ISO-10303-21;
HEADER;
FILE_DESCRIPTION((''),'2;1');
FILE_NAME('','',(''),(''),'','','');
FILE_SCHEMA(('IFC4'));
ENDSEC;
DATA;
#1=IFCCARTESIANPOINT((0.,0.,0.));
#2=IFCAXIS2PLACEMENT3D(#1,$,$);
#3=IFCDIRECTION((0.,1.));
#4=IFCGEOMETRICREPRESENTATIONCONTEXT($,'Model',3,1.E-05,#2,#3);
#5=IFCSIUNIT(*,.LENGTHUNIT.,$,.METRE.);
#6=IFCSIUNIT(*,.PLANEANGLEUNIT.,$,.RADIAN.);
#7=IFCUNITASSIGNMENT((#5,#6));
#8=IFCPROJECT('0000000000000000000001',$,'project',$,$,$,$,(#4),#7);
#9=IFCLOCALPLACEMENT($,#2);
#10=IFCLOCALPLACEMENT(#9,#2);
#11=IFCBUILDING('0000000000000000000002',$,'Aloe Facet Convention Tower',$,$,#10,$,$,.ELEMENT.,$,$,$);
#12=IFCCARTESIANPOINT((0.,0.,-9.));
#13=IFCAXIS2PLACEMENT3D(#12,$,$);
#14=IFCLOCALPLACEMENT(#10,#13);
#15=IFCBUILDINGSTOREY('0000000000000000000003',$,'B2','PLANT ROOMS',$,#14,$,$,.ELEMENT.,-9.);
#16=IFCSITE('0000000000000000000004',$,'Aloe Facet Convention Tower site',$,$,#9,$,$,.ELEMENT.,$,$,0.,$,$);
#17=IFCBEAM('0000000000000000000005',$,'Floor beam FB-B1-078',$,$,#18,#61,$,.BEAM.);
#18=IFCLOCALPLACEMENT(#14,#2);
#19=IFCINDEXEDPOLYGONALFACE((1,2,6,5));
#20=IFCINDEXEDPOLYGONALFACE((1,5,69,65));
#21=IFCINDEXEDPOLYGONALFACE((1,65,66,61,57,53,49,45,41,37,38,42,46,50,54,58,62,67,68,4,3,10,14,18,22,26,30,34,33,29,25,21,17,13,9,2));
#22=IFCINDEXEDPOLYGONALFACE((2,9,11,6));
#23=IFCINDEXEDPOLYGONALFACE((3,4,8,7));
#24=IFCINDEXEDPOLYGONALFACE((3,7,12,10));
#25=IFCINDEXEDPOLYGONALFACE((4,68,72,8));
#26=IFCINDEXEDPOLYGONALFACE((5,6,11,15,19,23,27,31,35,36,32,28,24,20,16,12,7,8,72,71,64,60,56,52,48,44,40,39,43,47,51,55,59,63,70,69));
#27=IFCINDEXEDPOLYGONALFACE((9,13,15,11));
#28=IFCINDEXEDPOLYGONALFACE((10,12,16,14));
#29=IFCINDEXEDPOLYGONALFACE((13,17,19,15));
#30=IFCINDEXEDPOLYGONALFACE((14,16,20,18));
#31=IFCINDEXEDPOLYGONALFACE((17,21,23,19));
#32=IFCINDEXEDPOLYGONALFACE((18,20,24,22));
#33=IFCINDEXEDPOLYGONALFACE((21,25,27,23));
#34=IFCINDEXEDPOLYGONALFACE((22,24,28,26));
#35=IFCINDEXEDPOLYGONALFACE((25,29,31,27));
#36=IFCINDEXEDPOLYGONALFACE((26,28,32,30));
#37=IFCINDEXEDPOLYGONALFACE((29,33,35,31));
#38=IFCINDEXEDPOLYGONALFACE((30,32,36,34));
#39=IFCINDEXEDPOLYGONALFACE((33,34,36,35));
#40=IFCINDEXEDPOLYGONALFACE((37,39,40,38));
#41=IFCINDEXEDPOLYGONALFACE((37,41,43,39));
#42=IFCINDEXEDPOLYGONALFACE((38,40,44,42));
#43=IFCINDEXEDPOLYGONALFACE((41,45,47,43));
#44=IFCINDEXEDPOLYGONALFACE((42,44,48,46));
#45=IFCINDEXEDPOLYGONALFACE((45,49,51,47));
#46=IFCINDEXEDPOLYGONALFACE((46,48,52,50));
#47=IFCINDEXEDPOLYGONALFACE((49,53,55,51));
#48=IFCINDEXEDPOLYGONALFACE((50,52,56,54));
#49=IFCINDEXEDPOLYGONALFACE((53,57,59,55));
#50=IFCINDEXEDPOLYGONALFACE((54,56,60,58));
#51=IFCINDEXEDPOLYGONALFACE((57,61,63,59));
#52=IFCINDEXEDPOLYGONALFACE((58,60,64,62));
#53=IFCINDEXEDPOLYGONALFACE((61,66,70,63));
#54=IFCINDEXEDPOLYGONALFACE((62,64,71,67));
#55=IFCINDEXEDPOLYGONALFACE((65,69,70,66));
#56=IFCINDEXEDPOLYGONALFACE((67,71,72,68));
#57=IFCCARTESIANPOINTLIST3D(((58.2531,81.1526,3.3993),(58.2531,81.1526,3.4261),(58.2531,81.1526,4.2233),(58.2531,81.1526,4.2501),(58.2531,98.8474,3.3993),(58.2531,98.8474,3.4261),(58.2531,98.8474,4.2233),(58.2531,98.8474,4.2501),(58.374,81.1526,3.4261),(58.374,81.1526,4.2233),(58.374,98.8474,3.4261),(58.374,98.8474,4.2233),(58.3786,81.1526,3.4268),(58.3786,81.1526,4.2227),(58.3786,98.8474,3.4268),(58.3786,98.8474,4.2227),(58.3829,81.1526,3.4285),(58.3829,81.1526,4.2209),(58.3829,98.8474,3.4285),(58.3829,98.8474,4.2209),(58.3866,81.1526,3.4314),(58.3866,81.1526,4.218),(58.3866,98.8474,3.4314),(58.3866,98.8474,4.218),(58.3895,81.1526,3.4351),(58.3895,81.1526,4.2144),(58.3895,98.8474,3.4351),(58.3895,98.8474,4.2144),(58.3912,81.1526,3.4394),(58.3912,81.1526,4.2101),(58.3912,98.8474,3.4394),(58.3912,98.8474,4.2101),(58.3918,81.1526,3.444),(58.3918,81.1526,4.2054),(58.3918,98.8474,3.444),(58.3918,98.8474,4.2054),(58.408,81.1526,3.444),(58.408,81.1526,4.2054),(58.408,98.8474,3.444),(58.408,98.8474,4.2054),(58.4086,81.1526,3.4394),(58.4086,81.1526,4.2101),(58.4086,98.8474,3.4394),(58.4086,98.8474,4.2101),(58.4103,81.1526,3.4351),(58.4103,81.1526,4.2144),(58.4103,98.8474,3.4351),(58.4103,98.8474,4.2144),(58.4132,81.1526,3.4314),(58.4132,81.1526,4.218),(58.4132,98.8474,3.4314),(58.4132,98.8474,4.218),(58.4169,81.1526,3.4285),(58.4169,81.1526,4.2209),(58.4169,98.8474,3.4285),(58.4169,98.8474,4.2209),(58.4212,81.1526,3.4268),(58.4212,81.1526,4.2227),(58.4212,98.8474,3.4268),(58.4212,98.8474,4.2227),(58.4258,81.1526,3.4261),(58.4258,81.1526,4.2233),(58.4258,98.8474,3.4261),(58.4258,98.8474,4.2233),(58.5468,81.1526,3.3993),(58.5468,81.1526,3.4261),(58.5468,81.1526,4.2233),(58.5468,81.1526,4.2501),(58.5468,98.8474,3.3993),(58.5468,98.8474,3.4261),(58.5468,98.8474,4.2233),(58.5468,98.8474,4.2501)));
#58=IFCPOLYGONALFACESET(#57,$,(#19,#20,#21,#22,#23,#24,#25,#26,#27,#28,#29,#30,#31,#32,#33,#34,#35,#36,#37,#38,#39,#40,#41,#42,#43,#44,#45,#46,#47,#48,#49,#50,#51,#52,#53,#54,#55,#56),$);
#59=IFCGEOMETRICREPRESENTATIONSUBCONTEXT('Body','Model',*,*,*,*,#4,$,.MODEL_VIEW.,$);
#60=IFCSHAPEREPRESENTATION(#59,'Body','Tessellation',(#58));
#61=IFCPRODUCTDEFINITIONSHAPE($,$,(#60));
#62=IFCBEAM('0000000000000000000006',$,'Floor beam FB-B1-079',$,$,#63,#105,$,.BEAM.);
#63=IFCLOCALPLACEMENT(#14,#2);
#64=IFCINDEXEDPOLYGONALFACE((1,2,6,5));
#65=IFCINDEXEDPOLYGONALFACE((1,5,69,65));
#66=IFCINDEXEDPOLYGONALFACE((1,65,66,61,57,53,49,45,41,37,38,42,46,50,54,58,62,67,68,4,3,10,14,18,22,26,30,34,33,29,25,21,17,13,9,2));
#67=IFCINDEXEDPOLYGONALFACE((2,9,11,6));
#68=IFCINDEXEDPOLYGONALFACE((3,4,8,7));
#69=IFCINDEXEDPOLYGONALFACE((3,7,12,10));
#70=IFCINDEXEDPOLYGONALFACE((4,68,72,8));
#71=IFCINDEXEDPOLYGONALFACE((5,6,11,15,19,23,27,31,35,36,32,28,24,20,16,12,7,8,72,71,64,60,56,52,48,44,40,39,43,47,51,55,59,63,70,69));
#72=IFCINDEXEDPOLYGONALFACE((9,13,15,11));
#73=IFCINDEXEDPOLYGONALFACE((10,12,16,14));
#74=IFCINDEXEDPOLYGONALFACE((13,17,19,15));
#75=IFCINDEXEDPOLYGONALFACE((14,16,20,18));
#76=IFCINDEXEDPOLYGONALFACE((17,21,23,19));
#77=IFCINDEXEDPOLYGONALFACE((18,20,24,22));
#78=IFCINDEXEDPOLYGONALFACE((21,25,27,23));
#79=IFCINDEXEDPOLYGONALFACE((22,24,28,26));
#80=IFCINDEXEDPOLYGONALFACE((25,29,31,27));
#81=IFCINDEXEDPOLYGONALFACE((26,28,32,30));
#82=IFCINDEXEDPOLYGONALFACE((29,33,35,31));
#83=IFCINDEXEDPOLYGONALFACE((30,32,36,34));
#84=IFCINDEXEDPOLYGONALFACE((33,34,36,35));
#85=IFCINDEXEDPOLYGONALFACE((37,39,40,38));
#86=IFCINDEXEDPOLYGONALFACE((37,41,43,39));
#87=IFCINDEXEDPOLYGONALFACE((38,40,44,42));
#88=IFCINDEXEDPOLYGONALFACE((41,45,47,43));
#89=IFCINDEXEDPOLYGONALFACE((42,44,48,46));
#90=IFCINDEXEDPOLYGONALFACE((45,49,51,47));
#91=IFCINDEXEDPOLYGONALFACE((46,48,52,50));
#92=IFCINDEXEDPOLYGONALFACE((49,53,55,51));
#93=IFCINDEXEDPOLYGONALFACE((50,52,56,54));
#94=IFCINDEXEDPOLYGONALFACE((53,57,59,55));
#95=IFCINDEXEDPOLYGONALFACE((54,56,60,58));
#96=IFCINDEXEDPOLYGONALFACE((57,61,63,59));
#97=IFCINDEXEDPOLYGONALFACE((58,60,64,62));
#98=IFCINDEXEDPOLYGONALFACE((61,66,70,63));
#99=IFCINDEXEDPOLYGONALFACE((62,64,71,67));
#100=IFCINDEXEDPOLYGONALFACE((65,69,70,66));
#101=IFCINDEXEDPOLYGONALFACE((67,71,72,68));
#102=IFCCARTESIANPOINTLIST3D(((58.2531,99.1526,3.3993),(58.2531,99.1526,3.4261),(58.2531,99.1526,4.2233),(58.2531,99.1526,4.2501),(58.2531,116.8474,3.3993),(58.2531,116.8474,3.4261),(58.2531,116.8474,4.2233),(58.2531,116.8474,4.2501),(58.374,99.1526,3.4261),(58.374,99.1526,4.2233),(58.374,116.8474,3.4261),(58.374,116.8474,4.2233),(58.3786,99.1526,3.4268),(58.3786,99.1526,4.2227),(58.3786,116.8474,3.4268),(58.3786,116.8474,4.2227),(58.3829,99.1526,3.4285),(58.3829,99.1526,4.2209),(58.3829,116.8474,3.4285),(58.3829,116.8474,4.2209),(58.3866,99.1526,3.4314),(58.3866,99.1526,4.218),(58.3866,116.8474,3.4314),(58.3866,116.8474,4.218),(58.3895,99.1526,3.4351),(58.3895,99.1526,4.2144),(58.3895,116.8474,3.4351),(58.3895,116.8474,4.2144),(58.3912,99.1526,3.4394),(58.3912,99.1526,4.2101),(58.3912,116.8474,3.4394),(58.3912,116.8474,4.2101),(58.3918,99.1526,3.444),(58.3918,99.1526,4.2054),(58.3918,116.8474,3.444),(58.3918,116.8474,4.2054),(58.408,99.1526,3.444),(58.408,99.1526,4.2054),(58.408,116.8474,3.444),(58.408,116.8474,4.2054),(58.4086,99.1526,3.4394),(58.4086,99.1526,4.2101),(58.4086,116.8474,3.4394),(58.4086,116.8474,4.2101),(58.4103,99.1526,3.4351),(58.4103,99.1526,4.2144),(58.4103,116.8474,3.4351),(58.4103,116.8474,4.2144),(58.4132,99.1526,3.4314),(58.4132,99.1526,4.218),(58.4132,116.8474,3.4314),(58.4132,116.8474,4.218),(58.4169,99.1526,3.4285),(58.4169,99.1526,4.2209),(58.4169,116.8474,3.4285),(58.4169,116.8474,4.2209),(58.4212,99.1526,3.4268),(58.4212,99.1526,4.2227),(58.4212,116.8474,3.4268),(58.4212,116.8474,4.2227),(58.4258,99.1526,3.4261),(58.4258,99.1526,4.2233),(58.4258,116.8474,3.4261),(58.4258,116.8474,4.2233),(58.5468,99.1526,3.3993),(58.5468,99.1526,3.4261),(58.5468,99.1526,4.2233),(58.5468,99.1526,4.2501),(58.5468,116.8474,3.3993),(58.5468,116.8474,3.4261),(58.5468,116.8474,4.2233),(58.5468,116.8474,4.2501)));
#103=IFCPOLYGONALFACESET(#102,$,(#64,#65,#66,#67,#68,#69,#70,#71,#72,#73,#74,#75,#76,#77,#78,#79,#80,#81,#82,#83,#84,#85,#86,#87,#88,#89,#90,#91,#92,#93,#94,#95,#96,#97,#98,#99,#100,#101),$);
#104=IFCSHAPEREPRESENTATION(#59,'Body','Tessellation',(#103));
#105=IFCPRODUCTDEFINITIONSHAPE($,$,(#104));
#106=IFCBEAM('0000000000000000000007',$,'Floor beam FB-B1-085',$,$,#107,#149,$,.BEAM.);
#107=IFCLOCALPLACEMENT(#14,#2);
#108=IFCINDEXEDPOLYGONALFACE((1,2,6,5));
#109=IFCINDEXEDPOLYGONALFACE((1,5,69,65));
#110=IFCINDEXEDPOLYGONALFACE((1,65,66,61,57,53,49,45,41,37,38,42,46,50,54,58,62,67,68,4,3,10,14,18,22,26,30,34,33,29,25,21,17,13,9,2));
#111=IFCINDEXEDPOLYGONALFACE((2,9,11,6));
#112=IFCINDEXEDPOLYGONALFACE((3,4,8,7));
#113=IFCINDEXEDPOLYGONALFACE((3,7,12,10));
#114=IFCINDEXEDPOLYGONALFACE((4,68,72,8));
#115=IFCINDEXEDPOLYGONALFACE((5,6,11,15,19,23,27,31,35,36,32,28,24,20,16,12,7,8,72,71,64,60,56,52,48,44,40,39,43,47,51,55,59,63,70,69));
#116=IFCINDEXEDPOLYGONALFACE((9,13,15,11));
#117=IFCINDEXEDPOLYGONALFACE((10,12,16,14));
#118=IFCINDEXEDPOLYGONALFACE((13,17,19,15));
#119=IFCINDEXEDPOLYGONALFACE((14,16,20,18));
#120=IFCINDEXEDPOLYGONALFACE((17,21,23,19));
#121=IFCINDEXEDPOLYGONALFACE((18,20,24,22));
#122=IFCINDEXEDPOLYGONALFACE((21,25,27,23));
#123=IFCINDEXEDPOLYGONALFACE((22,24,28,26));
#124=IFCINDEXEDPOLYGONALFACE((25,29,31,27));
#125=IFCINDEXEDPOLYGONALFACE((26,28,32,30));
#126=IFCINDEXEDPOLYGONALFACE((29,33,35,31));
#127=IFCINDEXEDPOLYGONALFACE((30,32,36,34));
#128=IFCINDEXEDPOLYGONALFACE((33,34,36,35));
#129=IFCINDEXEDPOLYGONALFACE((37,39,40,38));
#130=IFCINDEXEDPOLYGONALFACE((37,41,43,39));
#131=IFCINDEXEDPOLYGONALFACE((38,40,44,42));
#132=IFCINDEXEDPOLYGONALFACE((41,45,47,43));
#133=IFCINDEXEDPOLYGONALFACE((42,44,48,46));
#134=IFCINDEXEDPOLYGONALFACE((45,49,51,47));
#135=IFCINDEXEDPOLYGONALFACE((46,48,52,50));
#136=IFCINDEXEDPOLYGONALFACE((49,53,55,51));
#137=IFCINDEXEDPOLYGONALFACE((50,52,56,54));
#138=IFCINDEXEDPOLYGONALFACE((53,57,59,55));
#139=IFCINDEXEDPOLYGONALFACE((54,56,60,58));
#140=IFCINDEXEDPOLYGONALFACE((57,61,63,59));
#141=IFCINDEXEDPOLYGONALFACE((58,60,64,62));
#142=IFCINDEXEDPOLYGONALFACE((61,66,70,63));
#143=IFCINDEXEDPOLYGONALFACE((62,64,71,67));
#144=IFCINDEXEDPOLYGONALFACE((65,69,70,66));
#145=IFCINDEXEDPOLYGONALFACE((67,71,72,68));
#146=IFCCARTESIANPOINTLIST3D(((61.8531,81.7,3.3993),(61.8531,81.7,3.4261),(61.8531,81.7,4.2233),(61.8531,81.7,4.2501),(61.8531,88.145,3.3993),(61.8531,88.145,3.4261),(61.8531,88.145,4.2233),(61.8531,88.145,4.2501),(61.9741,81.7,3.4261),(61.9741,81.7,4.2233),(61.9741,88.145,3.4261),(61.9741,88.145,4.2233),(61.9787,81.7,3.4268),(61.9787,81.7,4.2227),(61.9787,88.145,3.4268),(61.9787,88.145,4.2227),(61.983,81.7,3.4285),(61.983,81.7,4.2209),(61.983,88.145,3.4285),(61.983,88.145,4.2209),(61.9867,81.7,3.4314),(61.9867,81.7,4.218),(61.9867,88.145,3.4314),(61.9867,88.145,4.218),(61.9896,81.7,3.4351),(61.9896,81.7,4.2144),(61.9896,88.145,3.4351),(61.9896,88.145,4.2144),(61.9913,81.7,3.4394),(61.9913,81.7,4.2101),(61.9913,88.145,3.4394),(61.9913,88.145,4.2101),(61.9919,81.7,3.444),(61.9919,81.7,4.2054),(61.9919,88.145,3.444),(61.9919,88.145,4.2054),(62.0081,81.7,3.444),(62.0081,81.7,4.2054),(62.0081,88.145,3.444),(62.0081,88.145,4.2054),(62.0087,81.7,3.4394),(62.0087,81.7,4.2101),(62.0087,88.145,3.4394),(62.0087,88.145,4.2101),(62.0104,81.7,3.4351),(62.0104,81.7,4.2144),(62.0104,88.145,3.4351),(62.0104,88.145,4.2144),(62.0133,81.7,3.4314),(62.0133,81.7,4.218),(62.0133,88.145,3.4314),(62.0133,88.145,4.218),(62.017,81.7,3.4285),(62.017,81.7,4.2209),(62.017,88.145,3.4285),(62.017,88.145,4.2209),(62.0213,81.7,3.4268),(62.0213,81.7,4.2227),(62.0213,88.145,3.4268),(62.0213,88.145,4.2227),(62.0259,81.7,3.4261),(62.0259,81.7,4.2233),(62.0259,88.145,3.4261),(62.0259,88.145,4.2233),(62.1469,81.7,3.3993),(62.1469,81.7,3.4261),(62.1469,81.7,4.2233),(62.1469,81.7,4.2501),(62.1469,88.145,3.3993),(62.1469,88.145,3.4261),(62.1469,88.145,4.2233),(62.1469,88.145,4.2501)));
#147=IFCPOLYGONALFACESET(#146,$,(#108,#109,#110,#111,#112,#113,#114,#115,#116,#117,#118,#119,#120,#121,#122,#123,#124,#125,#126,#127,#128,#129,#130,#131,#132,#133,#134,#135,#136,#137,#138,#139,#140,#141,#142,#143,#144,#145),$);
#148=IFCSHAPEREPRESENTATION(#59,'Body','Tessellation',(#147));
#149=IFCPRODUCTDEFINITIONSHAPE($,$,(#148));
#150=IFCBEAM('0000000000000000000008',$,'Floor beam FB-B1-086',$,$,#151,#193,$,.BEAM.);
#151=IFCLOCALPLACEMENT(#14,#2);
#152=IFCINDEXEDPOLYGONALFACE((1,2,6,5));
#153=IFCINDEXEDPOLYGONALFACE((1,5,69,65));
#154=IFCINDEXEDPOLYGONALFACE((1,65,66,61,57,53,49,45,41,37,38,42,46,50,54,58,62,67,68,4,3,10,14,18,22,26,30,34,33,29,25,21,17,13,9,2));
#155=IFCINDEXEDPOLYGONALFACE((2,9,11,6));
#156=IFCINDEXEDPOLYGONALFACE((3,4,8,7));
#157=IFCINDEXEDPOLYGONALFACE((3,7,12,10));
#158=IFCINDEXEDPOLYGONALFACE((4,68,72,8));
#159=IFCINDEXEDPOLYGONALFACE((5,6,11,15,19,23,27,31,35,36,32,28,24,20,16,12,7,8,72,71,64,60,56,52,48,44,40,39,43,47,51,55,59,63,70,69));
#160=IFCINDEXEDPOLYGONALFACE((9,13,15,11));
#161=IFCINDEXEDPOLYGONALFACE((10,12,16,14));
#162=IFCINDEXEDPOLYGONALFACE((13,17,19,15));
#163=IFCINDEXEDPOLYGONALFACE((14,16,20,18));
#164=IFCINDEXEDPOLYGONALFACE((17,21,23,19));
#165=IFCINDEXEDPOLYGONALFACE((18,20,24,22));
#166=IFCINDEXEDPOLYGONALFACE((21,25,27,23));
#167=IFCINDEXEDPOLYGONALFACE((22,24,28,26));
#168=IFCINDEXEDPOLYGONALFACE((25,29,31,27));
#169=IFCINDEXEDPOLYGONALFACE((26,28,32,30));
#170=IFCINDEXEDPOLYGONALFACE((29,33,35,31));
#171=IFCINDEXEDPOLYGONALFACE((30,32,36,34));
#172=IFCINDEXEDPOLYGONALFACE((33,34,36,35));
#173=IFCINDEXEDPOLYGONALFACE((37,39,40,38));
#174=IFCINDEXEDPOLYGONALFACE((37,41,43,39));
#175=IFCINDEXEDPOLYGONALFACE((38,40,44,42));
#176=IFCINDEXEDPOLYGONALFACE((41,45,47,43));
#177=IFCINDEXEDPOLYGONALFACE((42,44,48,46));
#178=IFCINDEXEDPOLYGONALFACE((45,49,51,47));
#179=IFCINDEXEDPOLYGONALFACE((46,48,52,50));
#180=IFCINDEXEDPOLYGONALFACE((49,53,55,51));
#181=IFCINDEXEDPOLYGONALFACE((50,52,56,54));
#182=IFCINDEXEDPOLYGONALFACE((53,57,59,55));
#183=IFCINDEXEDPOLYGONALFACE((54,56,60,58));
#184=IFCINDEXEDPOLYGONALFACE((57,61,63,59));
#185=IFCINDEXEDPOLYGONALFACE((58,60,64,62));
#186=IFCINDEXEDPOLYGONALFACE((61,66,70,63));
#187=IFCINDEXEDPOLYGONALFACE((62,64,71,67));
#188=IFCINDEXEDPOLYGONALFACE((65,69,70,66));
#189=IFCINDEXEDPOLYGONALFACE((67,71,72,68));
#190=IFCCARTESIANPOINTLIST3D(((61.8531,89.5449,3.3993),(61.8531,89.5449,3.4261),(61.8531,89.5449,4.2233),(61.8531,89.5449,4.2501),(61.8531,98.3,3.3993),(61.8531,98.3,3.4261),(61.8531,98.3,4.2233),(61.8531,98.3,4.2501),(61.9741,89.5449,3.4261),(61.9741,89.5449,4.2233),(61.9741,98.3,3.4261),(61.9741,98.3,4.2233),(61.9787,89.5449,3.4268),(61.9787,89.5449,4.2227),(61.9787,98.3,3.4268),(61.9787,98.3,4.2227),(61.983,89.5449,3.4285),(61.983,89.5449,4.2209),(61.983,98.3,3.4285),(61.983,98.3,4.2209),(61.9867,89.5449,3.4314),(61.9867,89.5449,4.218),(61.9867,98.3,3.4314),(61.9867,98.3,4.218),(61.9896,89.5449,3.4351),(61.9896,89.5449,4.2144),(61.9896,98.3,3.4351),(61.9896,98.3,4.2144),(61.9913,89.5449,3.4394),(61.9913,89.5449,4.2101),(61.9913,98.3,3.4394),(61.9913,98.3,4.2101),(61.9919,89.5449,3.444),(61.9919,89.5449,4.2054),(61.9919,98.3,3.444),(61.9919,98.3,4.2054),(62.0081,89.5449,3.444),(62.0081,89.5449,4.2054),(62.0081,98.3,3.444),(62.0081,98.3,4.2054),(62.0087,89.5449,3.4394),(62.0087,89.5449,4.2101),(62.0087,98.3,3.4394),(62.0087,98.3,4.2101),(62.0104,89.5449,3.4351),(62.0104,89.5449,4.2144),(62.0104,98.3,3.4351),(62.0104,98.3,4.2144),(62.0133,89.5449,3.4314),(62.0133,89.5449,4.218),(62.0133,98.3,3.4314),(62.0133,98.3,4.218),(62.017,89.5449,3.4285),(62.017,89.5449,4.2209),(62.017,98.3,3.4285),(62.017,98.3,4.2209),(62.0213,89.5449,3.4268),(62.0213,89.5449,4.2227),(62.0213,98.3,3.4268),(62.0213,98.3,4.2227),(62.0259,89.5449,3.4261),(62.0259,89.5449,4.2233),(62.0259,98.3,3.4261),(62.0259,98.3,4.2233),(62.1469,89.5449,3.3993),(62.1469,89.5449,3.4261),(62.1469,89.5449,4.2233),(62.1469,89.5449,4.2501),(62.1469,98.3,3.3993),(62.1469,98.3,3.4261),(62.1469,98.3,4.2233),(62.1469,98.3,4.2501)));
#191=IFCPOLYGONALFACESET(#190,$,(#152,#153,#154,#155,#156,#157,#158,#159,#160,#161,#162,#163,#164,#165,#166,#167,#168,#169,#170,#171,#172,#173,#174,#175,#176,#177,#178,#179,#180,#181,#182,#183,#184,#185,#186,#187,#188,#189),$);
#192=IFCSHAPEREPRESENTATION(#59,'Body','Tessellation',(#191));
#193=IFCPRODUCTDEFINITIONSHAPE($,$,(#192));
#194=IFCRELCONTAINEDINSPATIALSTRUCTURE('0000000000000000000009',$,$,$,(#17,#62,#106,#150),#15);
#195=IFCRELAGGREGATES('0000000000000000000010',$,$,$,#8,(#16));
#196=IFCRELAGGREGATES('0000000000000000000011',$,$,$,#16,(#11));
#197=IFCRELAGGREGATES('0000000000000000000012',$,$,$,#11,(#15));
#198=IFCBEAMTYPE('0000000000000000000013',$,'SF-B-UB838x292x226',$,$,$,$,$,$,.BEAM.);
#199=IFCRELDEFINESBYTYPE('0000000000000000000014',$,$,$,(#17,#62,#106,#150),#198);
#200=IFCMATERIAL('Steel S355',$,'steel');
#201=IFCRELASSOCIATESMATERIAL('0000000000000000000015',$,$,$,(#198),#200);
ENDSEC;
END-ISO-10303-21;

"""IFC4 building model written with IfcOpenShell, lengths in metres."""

from ifc_helpers import new_model, si_unit, direction, frame, origin, origin_2d, place, context, subcontext, project, spatial, i_section, extrude, material, material_profile, profile_set, type_object, element, save


model = new_model("IFC4")

# Units and contexts
model_context = context("Model", 3, precision=1e-05, world=origin(), true_north=direction((0.0, 1.0)))
body_context = subcontext(model_context, "Body", "Model", "MODEL_VIEW")
ifc_project = project(units=[si_unit("LENGTHUNIT", "METRE"), si_unit("PLANEANGLEUNIT", "RADIAN")], contexts=[model_context])

# Site, building, storey
site_placement = place(None, origin())
site = spatial("IfcSite", under=ifc_project, at=site_placement, Name="Aloe Facet Convention Tower site", CompositionType="ELEMENT", RefElevation=0.0)
building_placement = place(site_placement, origin())
building = spatial("IfcBuilding", under=site, at=building_placement, Name="Aloe Facet Convention Tower", CompositionType="ELEMENT")
storey_placement = place(building_placement, frame((0.0, 0.0, -9.0)))
storey = spatial("IfcBuildingStorey", under=building, at=storey_placement, Name="B2", Description="PLANT ROOMS", CompositionType="ELEMENT", Elevation=-9.0)

# Beams
ifc_material_1 = material(Name="Steel S355", Category="steel")
ifc_material_profile_1 = material_profile(ifc_material_1, i_section(OverallWidth=0.2937, OverallDepth=0.8508, WebThickness=0.0161, FlangeThickness=0.0269, FilletRadius=0.0178, at=origin_2d()), Name="UB 838x292x226")
ifc_profile_set_1 = profile_set([ifc_material_profile_1], Name="Steel S355")
beam_type_1 = type_object("IfcBeamType", Name="SF-B-UB838x292x226", PredefinedType="BEAM", material=ifc_profile_set_1)
for number, where, z_axis, x_axis, name in (
    (1, (58.3999, 81.1526, 3.8247), (0.0, 1.0, 0.0), (-1.0, 0.0, 0.0), "Floor beam FB-B1-078"),
    (2, (58.3999, 99.1526, 3.8247), (0.0, 1.0, 0.0), (-1.0, 0.0, 0.0), "Floor beam FB-B1-079"),
):
    element("IfcBeam", number, at=place(storey_placement, frame(where, z_axis=z_axis, x_axis=x_axis)), inside=storey, type_object=beam_type_1, Name=name, PredefinedType="BEAM", context=body_context, shape_type="SweptSolid", body=[
        extrude(i_section(OverallWidth=0.2937, OverallDepth=0.8508, WebThickness=0.0161, FlangeThickness=0.0269, FilletRadius=0.0178, at=origin_2d()), origin(), (0.0, 0.0, 1.0), 17.6948),
    ])
beam_1_placement = place(storey_placement, frame((62.0, 81.7, 3.8247), z_axis=(0.0, 1.0, 0.0), x_axis=(-1.0, 0.0, 0.0)))
element("IfcBeam", 3, at=beam_1_placement, inside=storey, type_object=beam_type_1, Name="Floor beam FB-B1-085", PredefinedType="BEAM", context=body_context, shape_type="SweptSolid", body=[
    extrude(i_section(OverallWidth=0.2937, OverallDepth=0.8508, WebThickness=0.0161, FlangeThickness=0.0269, FilletRadius=0.0178, at=origin_2d()), origin(), (0.0, 0.0, 1.0), 6.4451),
])
beam_2_placement = place(storey_placement, frame((62.0, 89.5449, 3.8247), z_axis=(0.0, 1.0, 0.0), x_axis=(-1.0, 0.0, 0.0)))
element("IfcBeam", 4, at=beam_2_placement, inside=storey, type_object=beam_type_1, Name="Floor beam FB-B1-086", PredefinedType="BEAM", context=body_context, shape_type="SweptSolid", body=[
    extrude(i_section(OverallWidth=0.2937, OverallDepth=0.8508, WebThickness=0.0161, FlangeThickness=0.0269, FilletRadius=0.0178, at=origin_2d()), origin(), (0.0, 0.0, 1.0), 8.7551),
])

save(model, "model.ifc")
